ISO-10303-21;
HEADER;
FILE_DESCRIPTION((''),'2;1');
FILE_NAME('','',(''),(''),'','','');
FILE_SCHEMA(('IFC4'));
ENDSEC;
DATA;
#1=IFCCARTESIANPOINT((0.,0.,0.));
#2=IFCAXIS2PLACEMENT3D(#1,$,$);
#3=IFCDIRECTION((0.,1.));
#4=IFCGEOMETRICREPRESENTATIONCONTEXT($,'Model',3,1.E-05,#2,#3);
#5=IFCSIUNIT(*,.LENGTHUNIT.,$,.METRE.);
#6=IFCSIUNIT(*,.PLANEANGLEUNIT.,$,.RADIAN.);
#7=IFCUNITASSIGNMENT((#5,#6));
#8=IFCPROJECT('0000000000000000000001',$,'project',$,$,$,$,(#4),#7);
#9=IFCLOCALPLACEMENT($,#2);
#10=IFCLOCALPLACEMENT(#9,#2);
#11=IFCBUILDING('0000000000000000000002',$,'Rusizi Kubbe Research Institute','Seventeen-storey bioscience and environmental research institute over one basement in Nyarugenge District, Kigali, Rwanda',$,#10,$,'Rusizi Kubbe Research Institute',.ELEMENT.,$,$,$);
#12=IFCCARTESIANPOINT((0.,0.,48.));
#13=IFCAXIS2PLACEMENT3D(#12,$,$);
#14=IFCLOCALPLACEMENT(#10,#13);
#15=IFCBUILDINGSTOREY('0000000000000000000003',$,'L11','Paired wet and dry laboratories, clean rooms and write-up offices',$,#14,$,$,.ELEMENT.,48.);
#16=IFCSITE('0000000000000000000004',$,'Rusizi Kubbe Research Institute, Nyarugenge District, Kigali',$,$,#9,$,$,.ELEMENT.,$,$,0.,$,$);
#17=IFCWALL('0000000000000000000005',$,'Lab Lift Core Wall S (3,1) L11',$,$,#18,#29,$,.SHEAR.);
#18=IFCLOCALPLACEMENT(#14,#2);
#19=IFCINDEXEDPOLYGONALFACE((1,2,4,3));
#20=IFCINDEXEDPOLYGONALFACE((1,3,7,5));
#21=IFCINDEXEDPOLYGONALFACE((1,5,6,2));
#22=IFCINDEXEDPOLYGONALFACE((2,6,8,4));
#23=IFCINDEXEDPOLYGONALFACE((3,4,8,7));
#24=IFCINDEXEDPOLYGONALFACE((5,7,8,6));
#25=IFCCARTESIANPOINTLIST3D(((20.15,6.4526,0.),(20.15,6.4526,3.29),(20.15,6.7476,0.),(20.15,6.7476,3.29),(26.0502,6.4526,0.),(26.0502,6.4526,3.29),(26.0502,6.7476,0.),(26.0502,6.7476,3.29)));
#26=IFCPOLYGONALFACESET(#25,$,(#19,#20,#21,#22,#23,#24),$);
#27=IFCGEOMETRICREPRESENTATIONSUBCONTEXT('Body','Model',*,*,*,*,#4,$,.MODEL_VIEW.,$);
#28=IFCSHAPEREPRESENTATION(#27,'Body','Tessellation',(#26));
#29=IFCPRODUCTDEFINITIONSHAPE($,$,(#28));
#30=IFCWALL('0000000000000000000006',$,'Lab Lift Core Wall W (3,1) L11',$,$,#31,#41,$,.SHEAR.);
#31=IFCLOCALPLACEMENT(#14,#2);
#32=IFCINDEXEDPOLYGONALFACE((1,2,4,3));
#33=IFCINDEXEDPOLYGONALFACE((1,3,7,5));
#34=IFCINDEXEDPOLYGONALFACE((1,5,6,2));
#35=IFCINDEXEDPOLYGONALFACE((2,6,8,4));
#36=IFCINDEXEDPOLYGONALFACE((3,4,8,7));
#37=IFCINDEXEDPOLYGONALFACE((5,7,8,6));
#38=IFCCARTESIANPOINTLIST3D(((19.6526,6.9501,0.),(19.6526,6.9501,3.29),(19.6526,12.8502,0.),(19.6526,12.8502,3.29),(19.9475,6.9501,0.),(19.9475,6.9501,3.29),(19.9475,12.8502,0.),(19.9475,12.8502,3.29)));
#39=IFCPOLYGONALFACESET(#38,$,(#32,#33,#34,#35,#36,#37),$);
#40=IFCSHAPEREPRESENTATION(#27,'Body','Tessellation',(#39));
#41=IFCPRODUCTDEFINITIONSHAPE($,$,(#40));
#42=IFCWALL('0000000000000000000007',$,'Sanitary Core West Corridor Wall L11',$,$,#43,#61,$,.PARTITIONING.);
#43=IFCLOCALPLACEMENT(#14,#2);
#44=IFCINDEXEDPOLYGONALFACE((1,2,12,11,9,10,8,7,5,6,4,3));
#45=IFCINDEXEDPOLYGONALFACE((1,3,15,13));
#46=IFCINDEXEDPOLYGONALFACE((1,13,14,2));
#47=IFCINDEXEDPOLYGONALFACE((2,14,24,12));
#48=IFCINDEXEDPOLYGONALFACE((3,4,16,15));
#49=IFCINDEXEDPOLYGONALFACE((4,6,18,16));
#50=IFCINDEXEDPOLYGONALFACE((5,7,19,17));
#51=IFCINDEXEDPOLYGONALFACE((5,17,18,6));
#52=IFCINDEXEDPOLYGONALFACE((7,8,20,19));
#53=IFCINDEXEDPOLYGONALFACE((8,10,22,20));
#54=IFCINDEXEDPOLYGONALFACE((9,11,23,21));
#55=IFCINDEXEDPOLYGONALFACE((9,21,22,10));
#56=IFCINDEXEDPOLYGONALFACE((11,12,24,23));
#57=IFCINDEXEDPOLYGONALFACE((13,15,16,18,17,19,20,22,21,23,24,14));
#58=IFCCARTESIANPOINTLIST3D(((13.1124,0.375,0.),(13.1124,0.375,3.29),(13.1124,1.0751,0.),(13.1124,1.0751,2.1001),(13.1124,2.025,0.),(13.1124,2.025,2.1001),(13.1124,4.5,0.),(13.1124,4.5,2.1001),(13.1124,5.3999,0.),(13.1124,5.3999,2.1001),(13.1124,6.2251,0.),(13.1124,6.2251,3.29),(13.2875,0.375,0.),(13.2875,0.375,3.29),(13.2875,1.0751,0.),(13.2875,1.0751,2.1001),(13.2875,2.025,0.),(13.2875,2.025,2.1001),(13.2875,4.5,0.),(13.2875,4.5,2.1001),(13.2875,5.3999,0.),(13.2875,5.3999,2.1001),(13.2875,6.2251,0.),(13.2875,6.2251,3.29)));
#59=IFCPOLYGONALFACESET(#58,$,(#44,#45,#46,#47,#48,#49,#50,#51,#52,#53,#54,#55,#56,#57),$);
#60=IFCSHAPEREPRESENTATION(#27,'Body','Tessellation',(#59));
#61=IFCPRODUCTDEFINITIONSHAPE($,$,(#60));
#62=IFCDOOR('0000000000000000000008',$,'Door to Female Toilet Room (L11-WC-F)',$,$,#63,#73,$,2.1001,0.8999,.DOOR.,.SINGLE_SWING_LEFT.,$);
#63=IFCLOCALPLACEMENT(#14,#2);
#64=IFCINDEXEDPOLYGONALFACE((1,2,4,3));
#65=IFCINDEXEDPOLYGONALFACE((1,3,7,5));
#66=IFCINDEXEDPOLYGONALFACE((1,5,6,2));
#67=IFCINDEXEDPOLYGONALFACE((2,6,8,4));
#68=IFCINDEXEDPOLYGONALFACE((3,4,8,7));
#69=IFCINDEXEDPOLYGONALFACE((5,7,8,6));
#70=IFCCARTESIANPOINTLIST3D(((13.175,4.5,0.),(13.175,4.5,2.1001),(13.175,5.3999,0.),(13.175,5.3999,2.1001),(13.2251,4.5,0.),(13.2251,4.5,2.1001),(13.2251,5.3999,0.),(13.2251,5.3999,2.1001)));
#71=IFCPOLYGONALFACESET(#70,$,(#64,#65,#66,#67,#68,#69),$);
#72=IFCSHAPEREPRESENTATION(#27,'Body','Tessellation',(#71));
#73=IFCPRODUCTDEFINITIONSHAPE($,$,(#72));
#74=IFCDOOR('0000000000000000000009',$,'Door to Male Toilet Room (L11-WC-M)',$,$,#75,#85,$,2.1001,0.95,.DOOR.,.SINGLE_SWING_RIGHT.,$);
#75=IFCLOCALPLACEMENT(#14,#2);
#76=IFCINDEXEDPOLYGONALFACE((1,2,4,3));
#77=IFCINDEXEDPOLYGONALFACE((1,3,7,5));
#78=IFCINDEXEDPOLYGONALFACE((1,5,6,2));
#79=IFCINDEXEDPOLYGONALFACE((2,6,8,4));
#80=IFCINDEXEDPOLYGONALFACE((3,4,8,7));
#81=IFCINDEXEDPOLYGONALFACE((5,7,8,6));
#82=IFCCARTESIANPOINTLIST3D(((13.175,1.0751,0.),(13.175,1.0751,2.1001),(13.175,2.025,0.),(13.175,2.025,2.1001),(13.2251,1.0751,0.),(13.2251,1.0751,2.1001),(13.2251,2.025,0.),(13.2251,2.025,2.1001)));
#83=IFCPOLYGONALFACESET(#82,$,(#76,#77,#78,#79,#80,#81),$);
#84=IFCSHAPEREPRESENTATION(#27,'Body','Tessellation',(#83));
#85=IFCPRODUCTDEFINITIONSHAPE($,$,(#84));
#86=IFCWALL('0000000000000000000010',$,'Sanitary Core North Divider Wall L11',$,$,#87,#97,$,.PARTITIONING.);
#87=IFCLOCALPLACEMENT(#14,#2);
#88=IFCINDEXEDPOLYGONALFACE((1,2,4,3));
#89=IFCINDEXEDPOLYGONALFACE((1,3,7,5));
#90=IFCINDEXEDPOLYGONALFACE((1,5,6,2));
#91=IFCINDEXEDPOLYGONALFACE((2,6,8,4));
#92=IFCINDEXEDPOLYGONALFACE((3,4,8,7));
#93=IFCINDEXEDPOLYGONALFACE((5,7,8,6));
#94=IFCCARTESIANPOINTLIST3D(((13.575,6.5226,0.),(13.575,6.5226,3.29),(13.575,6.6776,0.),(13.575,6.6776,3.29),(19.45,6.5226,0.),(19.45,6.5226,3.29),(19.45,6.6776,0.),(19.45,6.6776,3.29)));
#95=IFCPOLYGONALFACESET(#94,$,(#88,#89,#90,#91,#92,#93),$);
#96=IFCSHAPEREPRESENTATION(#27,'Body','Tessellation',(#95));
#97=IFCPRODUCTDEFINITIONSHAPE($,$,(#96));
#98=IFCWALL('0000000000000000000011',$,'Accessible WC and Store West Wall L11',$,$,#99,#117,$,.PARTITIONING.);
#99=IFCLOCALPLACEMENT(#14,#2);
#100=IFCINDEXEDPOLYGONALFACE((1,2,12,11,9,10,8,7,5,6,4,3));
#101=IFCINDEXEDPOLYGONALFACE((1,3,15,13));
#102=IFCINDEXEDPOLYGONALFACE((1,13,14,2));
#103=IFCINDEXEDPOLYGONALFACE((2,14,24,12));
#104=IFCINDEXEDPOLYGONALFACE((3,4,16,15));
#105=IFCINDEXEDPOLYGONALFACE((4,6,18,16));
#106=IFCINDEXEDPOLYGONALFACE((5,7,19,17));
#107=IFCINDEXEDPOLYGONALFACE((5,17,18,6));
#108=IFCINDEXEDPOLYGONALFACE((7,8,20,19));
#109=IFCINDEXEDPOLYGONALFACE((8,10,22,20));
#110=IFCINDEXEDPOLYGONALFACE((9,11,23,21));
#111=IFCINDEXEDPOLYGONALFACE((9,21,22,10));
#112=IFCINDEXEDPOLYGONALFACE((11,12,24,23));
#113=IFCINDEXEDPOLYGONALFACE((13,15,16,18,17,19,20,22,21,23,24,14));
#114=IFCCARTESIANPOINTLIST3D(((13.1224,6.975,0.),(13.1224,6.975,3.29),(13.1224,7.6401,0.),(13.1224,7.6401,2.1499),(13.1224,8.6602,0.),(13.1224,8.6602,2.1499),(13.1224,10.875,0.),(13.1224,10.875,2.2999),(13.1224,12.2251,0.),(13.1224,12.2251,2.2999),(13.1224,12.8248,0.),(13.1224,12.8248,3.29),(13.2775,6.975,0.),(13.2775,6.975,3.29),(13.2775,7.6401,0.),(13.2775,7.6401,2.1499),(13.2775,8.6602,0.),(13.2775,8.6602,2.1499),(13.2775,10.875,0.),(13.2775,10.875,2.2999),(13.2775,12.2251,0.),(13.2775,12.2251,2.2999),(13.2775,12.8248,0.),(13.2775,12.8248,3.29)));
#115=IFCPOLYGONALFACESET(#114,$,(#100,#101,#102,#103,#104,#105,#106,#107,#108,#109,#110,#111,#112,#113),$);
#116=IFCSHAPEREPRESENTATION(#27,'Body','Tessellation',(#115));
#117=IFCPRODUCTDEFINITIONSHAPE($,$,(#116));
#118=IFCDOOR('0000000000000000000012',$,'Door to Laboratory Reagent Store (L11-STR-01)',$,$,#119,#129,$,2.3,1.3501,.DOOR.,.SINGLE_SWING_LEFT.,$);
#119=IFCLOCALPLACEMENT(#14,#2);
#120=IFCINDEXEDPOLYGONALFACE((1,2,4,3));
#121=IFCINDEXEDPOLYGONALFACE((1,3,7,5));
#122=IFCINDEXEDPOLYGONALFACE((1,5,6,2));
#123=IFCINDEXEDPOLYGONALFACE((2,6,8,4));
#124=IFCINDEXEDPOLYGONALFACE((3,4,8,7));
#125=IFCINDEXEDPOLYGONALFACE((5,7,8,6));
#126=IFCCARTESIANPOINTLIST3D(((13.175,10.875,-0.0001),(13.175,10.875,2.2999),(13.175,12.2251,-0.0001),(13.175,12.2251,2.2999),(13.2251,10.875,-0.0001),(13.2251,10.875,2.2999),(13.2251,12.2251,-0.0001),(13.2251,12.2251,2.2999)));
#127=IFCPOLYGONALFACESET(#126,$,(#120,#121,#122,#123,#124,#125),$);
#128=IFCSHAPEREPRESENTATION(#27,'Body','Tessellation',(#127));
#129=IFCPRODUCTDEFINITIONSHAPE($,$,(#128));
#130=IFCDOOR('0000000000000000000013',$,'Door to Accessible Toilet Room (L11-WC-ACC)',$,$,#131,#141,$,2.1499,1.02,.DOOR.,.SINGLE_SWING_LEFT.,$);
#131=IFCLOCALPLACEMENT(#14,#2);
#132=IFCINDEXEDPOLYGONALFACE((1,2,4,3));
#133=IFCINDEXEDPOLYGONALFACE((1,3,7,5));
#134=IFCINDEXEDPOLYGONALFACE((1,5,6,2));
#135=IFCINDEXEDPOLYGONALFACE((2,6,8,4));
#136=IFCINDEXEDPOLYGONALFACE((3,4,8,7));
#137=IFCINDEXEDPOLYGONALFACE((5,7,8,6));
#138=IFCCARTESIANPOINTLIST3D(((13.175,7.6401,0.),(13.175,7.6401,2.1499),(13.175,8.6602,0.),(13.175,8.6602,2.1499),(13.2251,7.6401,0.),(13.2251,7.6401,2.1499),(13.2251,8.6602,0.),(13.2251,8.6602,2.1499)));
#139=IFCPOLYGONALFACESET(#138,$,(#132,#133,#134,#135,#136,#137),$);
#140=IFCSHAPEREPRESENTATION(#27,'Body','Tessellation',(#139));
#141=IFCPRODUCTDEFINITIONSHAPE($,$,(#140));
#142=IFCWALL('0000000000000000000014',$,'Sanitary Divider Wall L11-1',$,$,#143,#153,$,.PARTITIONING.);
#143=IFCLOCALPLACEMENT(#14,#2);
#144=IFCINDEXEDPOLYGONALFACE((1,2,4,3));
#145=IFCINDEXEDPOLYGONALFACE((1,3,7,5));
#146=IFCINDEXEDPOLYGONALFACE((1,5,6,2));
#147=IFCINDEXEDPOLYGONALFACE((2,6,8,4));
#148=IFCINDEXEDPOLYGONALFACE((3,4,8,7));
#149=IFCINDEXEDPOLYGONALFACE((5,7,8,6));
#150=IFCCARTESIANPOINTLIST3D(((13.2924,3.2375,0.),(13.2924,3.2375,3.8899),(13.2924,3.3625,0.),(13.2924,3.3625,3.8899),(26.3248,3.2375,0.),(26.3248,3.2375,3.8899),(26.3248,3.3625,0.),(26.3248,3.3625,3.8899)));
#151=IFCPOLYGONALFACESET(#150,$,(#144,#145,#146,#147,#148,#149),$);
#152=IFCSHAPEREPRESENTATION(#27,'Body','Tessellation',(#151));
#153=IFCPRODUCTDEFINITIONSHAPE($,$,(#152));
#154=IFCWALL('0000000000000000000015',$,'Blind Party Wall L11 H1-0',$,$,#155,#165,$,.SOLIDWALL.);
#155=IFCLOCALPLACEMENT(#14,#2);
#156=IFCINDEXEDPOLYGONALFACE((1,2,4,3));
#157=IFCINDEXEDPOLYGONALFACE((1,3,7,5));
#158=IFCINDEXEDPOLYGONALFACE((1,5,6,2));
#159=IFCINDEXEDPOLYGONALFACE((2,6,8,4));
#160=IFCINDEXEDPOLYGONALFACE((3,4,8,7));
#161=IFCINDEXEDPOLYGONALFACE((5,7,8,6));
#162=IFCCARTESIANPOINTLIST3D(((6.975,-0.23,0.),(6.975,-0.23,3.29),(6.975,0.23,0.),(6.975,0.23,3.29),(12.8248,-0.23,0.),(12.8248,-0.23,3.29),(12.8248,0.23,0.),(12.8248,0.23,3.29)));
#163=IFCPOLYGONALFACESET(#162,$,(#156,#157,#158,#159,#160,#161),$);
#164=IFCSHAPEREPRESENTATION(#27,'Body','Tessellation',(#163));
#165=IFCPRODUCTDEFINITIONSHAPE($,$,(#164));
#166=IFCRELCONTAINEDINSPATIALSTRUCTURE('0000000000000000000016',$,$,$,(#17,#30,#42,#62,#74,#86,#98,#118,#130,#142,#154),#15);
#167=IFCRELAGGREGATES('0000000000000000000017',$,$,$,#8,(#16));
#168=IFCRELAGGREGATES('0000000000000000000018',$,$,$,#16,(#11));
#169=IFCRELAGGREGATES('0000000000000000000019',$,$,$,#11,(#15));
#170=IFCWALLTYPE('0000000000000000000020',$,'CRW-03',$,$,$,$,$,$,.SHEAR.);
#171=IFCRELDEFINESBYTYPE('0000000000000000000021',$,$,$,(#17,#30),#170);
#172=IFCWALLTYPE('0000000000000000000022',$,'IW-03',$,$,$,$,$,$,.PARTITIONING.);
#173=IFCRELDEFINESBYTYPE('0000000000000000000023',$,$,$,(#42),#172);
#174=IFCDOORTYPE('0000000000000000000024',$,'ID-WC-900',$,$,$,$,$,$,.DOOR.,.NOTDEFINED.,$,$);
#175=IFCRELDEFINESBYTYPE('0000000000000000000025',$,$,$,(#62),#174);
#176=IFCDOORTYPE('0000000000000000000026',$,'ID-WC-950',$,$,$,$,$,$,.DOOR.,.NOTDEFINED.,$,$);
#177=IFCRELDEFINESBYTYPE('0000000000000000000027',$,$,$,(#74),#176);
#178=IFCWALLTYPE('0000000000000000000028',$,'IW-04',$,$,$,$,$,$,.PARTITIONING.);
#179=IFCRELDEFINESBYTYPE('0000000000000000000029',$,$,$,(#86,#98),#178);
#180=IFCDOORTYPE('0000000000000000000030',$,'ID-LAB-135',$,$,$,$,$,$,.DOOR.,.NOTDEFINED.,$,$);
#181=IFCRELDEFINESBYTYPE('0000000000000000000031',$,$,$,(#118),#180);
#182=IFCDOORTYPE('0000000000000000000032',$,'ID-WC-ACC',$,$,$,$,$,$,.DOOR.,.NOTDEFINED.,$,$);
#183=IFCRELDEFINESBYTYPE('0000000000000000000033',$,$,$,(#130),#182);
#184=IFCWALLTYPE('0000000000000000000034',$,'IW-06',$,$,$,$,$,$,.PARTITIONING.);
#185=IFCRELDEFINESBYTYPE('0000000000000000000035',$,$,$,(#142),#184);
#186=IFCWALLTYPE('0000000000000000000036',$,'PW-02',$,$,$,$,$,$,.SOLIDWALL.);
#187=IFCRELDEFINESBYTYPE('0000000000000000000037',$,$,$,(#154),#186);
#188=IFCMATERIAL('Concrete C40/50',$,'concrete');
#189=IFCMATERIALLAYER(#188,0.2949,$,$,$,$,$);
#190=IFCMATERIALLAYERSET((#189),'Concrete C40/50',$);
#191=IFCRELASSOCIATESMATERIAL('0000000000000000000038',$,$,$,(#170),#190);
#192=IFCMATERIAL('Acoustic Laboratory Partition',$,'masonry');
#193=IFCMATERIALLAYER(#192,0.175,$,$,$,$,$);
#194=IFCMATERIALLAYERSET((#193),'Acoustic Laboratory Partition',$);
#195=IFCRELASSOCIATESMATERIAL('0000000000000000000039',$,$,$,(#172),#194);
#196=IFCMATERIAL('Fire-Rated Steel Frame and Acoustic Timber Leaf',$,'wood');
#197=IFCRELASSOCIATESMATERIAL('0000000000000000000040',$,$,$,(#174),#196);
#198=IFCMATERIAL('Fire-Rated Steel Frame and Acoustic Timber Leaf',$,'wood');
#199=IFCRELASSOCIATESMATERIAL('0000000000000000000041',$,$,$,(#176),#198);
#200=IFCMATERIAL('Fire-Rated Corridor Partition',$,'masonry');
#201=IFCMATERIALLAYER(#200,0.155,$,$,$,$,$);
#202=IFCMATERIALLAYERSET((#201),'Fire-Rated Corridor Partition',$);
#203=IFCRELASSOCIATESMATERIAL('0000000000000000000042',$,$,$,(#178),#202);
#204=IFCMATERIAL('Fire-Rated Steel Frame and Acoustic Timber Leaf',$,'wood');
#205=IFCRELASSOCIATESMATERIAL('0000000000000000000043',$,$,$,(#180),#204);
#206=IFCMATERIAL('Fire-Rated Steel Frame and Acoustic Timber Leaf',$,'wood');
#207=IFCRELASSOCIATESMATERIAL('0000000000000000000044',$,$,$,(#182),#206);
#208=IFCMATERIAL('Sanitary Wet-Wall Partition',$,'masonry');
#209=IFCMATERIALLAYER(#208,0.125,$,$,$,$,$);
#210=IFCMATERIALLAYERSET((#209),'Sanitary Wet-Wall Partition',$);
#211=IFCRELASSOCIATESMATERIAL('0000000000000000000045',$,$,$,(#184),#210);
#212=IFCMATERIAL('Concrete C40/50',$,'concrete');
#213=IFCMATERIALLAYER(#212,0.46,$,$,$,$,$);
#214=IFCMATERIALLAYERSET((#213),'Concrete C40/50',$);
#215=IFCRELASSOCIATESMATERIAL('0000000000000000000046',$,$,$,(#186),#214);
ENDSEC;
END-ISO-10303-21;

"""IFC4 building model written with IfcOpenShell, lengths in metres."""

from ifc_helpers import new_model, si_unit, direction, frame, frame_2d, origin, place, context, subcontext, project, spatial, rectangle, extrude, material, layer, layer_set, type_object, element, fill, save


model = new_model("IFC4")

# Units and contexts
model_context = context("Model", 3, precision=1e-05, world=origin(), true_north=direction((0.0, 1.0)))
body_context = subcontext(model_context, "Body", "Model", "MODEL_VIEW")
ifc_project = project(units=[si_unit("LENGTHUNIT", "METRE"), si_unit("PLANEANGLEUNIT", "RADIAN")], contexts=[model_context])

# Site, building, storey
site_placement = place(None, origin())
site = spatial("IfcSite", under=ifc_project, at=site_placement, Name="Rusizi Kubbe Research Institute, Nyarugenge District, Kigali", CompositionType="ELEMENT", RefElevation=0.0)
building_placement = place(site_placement, origin())
building = spatial("IfcBuilding", under=site, at=building_placement, Name="Rusizi Kubbe Research Institute", Description="Seventeen-storey bioscience and environmental research institute over one basement in Nyarugenge District, Kigali, Rwanda", LongName="Rusizi Kubbe Research Institute", CompositionType="ELEMENT")
storey_placement = place(building_placement, frame((0.0, 0.0, 48.0)))
storey = spatial("IfcBuildingStorey", under=building, at=storey_placement, Name="L11", Description="Paired wet and dry laboratories, clean rooms and write-up offices", CompositionType="ELEMENT", Elevation=48.0)

# Shared definitions
ifc_material_1 = material(Name="Concrete C40/50", Category="concrete")
ifc_layer_1 = layer(ifc_material_1, 0.2949)
ifc_layer_set_1 = layer_set([ifc_layer_1], Name="Concrete C40/50")
wall_type_1 = type_object("IfcWallType", Name="CRW-03", PredefinedType="SHEAR", material=ifc_layer_set_1)

# Walls
for number, where, z_axis, x_axis, name in (
    (1, (20.1499, 6.6001, 0.0), (0.0, 0.0, 1.0), (1.0, 0.0, 0.0), "Lab Lift Core Wall S (3,1) L11"),
    (2, (19.8, 6.95, 0.0), (0.0, 0.0, 1.0), (0.0, 1.0, 0.0), "Lab Lift Core Wall W (3,1) L11"),
):
    element("IfcWall", number, at=place(storey_placement, frame(where, z_axis=z_axis, x_axis=x_axis)), inside=storey, type_object=wall_type_1, Name=name, PredefinedType="SHEAR", context=body_context, shape_type="SweptSolid", body=[
        extrude(rectangle(XDim=5.9001, YDim=0.2949, at=frame_2d((2.9502, 0.0))), origin(), (0.0, 0.0, 1.0), 3.29),
    ])

# Wall, openings, doors
ifc_material_2 = material(Name="Acoustic Laboratory Partition", Category="masonry")
ifc_layer_2 = layer(ifc_material_2, 0.175)
ifc_layer_set_2 = layer_set([ifc_layer_2], Name="Acoustic Laboratory Partition")
wall_type_2 = type_object("IfcWallType", Name="IW-03", PredefinedType="PARTITIONING", material=ifc_layer_set_2)
wall_1_placement = place(storey_placement, frame((13.2, 0.375, 0.0), z_axis=(0.0, 0.0, 1.0), x_axis=(0.0, 1.0, 0.0)))
wall_1 = element("IfcWall", 3, at=wall_1_placement, inside=storey, type_object=wall_type_2, Name="Sanitary Core West Corridor Wall L11", PredefinedType="PARTITIONING", context=body_context, shape_type="SweptSolid", body=[
    extrude(rectangle(XDim=5.8501, YDim=0.175, at=frame_2d((2.925, 0.0))), origin(), (0.0, 0.0, 1.0), 3.29),
])
opening_1_placement = place(wall_1_placement, frame((0.7, 0.0, 0.0)))
opening_1 = element("IfcOpeningElement", 4, at=opening_1_placement, cuts=wall_1, PredefinedType="OPENING", context=body_context, shape_type="SweptSolid", body=[
    extrude(rectangle(XDim=0.95, YDim=2.1001, at=frame_2d((0.4751, 1.05))), frame((0.0, 0.0974, 0.0), z_axis=(0.0, -1.0, 0.0), x_axis=(1.0, 0.0, 0.0)), (0.0, 0.0, 1.0), 0.1951),
])
opening_2_placement = place(wall_1_placement, frame((4.125, 0.0, 0.0)))
opening_2 = element("IfcOpeningElement", 5, at=opening_2_placement, cuts=wall_1, PredefinedType="OPENING", context=body_context, shape_type="SweptSolid", body=[
    extrude(rectangle(XDim=0.8999, YDim=2.1001, at=frame_2d((0.45, 1.05))), frame((0.0, 0.0974, 0.0), z_axis=(0.0, -1.0, 0.0), x_axis=(1.0, 0.0, 0.0)), (0.0, 0.0, 1.0), 0.1951),
])
ifc_material_3 = material(Name="Fire-Rated Steel Frame and Acoustic Timber Leaf", Category="wood")
door_type_1 = type_object("IfcDoorType", Name="ID-WC-900", OperationType="NOTDEFINED", PredefinedType="DOOR", material=ifc_material_3)
door_1_placement = place(opening_2_placement, origin())
door_1 = element("IfcDoor", 6, at=door_1_placement, inside=storey, type_object=door_type_1, Name="Door to Female Toilet Room (L11-WC-F)", OperationType="SINGLE_SWING_LEFT", OverallHeight=2.1001, OverallWidth=0.8999, PredefinedType="DOOR", context=body_context, shape_type="SweptSolid", body=[
    extrude(rectangle(XDim=0.8999, YDim=2.1001, at=frame_2d((0.45, 1.05))), frame((0.0, 0.0249, 0.0), z_axis=(0.0, -1.0, 0.0), x_axis=(1.0, 0.0, 0.0)), (0.0, 0.0, 1.0), 0.05),
])
fill(opening_2, door_1)
ifc_material_4 = material(Name="Fire-Rated Steel Frame and Acoustic Timber Leaf", Category="wood")
door_type_2 = type_object("IfcDoorType", Name="ID-WC-950", OperationType="NOTDEFINED", PredefinedType="DOOR", material=ifc_material_4)
door_2_placement = place(opening_1_placement, origin())
door_2 = element("IfcDoor", 7, at=door_2_placement, inside=storey, type_object=door_type_2, Name="Door to Male Toilet Room (L11-WC-M)", OperationType="SINGLE_SWING_RIGHT", OverallHeight=2.1001, OverallWidth=0.95, PredefinedType="DOOR", context=body_context, shape_type="SweptSolid", body=[
    extrude(rectangle(XDim=0.95, YDim=2.1001, at=frame_2d((0.4751, 1.05))), frame((0.0, 0.0249, 0.0), z_axis=(0.0, -1.0, 0.0), x_axis=(1.0, 0.0, 0.0)), (0.0, 0.0, 1.0), 0.05),
])
fill(opening_1, door_2)

# Wall
ifc_material_5 = material(Name="Fire-Rated Corridor Partition", Category="masonry")
ifc_layer_3 = layer(ifc_material_5, 0.155)
ifc_layer_set_3 = layer_set([ifc_layer_3], Name="Fire-Rated Corridor Partition")
wall_type_3 = type_object("IfcWallType", Name="IW-04", PredefinedType="PARTITIONING", material=ifc_layer_set_3)
wall_2_placement = place(storey_placement, frame((13.575, 6.6001, 0.0), z_axis=(0.0, 0.0, 1.0), x_axis=(1.0, 0.0, 0.0)))
element("IfcWall", 8, at=wall_2_placement, inside=storey, type_object=wall_type_3, Name="Sanitary Core North Divider Wall L11", PredefinedType="PARTITIONING", context=body_context, shape_type="SweptSolid", body=[
    extrude(rectangle(XDim=5.875, YDim=0.155, at=frame_2d((2.9375, 0.0))), origin(), (0.0, 0.0, 1.0), 3.29),
])

# Wall, openings, doors
wall_3_placement = place(storey_placement, frame((13.2, 6.9751, 0.0), z_axis=(0.0, 0.0, 1.0), x_axis=(0.0, 1.0, 0.0)))
wall_3 = element("IfcWall", 9, at=wall_3_placement, inside=storey, type_object=wall_type_3, Name="Accessible WC and Store West Wall L11", PredefinedType="PARTITIONING", context=body_context, shape_type="SweptSolid", body=[
    extrude(rectangle(XDim=5.8499, YDim=0.155, at=frame_2d((2.9248, 0.0))), origin(), (0.0, 0.0, 1.0), 3.29),
])
opening_3_placement = place(wall_3_placement, frame((0.665, 0.0, 0.0)))
opening_3 = element("IfcOpeningElement", 10, at=opening_3_placement, cuts=wall_3, PredefinedType="OPENING", context=body_context, shape_type="SweptSolid", body=[
    extrude(rectangle(XDim=1.02, YDim=2.1499, at=frame_2d((0.51, 1.075))), frame((0.0, 0.0874, 0.0), z_axis=(0.0, -1.0, 0.0), x_axis=(1.0, 0.0, 0.0)), (0.0, 0.0, 1.0), 0.175),
])
opening_4_placement = place(wall_3_placement, frame((3.8999, 0.0, 0.0)))
opening_4 = element("IfcOpeningElement", 11, at=opening_4_placement, cuts=wall_3, PredefinedType="OPENING", context=body_context, shape_type="SweptSolid", body=[
    extrude(rectangle(XDim=1.3501, YDim=2.3, at=frame_2d((0.675, 1.1499))), frame((0.0, 0.0874, 0.0), z_axis=(0.0, -1.0, 0.0), x_axis=(1.0, 0.0, 0.0)), (0.0, 0.0, 1.0), 0.175),
])
ifc_material_6 = material(Name="Fire-Rated Steel Frame and Acoustic Timber Leaf", Category="wood")
door_type_3 = type_object("IfcDoorType", Name="ID-LAB-135", OperationType="NOTDEFINED", PredefinedType="DOOR", material=ifc_material_6)
door_3_placement = place(opening_4_placement, origin())
door_3 = element("IfcDoor", 12, at=door_3_placement, inside=storey, type_object=door_type_3, Name="Door to Laboratory Reagent Store (L11-STR-01)", OperationType="SINGLE_SWING_LEFT", OverallHeight=2.3, OverallWidth=1.3501, PredefinedType="DOOR", context=body_context, shape_type="SweptSolid", body=[
    extrude(rectangle(XDim=1.3501, YDim=2.3, at=frame_2d((0.675, 1.1499))), frame((0.0, 0.0249, 0.0), z_axis=(0.0, -1.0, 0.0), x_axis=(1.0, 0.0, 0.0)), (0.0, 0.0, 1.0), 0.05),
])
fill(opening_4, door_3)
ifc_material_7 = material(Name="Fire-Rated Steel Frame and Acoustic Timber Leaf", Category="wood")
door_type_4 = type_object("IfcDoorType", Name="ID-WC-ACC", OperationType="NOTDEFINED", PredefinedType="DOOR", material=ifc_material_7)
door_4_placement = place(opening_3_placement, origin())
door_4 = element("IfcDoor", 13, at=door_4_placement, inside=storey, type_object=door_type_4, Name="Door to Accessible Toilet Room (L11-WC-ACC)", OperationType="SINGLE_SWING_LEFT", OverallHeight=2.1499, OverallWidth=1.02, PredefinedType="DOOR", context=body_context, shape_type="SweptSolid", body=[
    extrude(rectangle(XDim=1.02, YDim=2.1499, at=frame_2d((0.51, 1.075))), frame((0.0, 0.0249, 0.0), z_axis=(0.0, -1.0, 0.0), x_axis=(1.0, 0.0, 0.0)), (0.0, 0.0, 1.0), 0.05),
])
fill(opening_3, door_4)

# Walls
ifc_material_8 = material(Name="Sanitary Wet-Wall Partition", Category="masonry")
ifc_layer_4 = layer(ifc_material_8, 0.125)
ifc_layer_set_4 = layer_set([ifc_layer_4], Name="Sanitary Wet-Wall Partition")
wall_type_4 = type_object("IfcWallType", Name="IW-06", PredefinedType="PARTITIONING", material=ifc_layer_set_4)
wall_4_placement = place(storey_placement, frame((13.2925, 3.3, 0.0), z_axis=(0.0, 0.0, 1.0), x_axis=(1.0, 0.0, 0.0)))
element("IfcWall", 14, at=wall_4_placement, inside=storey, type_object=wall_type_4, Name="Sanitary Divider Wall L11-1", PredefinedType="PARTITIONING", context=body_context, shape_type="SweptSolid", body=[
    extrude(rectangle(XDim=13.0325, YDim=0.125, at=frame_2d((6.5161, 0.0))), origin(), (0.0, 0.0, 1.0), 3.8899),
])
ifc_material_9 = material(Name="Concrete C40/50", Category="concrete")
ifc_layer_5 = layer(ifc_material_9, 0.46)
ifc_layer_set_5 = layer_set([ifc_layer_5], Name="Concrete C40/50")
wall_type_5 = type_object("IfcWallType", Name="PW-02", PredefinedType="SOLIDWALL", material=ifc_layer_set_5)
wall_5_placement = place(storey_placement, frame((6.9751, 0.0, 0.0), z_axis=(0.0, 0.0, 1.0), x_axis=(1.0, 0.0, 0.0)))
element("IfcWall", 15, at=wall_5_placement, inside=storey, type_object=wall_type_5, Name="Blind Party Wall L11 H1-0", PredefinedType="SOLIDWALL", context=body_context, shape_type="SweptSolid", body=[
    extrude(rectangle(XDim=5.8499, YDim=0.46, at=frame_2d((2.9248, 0.0))), origin(), (0.0, 0.0, 1.0), 3.29),
])

save(model, "model.ifc")
